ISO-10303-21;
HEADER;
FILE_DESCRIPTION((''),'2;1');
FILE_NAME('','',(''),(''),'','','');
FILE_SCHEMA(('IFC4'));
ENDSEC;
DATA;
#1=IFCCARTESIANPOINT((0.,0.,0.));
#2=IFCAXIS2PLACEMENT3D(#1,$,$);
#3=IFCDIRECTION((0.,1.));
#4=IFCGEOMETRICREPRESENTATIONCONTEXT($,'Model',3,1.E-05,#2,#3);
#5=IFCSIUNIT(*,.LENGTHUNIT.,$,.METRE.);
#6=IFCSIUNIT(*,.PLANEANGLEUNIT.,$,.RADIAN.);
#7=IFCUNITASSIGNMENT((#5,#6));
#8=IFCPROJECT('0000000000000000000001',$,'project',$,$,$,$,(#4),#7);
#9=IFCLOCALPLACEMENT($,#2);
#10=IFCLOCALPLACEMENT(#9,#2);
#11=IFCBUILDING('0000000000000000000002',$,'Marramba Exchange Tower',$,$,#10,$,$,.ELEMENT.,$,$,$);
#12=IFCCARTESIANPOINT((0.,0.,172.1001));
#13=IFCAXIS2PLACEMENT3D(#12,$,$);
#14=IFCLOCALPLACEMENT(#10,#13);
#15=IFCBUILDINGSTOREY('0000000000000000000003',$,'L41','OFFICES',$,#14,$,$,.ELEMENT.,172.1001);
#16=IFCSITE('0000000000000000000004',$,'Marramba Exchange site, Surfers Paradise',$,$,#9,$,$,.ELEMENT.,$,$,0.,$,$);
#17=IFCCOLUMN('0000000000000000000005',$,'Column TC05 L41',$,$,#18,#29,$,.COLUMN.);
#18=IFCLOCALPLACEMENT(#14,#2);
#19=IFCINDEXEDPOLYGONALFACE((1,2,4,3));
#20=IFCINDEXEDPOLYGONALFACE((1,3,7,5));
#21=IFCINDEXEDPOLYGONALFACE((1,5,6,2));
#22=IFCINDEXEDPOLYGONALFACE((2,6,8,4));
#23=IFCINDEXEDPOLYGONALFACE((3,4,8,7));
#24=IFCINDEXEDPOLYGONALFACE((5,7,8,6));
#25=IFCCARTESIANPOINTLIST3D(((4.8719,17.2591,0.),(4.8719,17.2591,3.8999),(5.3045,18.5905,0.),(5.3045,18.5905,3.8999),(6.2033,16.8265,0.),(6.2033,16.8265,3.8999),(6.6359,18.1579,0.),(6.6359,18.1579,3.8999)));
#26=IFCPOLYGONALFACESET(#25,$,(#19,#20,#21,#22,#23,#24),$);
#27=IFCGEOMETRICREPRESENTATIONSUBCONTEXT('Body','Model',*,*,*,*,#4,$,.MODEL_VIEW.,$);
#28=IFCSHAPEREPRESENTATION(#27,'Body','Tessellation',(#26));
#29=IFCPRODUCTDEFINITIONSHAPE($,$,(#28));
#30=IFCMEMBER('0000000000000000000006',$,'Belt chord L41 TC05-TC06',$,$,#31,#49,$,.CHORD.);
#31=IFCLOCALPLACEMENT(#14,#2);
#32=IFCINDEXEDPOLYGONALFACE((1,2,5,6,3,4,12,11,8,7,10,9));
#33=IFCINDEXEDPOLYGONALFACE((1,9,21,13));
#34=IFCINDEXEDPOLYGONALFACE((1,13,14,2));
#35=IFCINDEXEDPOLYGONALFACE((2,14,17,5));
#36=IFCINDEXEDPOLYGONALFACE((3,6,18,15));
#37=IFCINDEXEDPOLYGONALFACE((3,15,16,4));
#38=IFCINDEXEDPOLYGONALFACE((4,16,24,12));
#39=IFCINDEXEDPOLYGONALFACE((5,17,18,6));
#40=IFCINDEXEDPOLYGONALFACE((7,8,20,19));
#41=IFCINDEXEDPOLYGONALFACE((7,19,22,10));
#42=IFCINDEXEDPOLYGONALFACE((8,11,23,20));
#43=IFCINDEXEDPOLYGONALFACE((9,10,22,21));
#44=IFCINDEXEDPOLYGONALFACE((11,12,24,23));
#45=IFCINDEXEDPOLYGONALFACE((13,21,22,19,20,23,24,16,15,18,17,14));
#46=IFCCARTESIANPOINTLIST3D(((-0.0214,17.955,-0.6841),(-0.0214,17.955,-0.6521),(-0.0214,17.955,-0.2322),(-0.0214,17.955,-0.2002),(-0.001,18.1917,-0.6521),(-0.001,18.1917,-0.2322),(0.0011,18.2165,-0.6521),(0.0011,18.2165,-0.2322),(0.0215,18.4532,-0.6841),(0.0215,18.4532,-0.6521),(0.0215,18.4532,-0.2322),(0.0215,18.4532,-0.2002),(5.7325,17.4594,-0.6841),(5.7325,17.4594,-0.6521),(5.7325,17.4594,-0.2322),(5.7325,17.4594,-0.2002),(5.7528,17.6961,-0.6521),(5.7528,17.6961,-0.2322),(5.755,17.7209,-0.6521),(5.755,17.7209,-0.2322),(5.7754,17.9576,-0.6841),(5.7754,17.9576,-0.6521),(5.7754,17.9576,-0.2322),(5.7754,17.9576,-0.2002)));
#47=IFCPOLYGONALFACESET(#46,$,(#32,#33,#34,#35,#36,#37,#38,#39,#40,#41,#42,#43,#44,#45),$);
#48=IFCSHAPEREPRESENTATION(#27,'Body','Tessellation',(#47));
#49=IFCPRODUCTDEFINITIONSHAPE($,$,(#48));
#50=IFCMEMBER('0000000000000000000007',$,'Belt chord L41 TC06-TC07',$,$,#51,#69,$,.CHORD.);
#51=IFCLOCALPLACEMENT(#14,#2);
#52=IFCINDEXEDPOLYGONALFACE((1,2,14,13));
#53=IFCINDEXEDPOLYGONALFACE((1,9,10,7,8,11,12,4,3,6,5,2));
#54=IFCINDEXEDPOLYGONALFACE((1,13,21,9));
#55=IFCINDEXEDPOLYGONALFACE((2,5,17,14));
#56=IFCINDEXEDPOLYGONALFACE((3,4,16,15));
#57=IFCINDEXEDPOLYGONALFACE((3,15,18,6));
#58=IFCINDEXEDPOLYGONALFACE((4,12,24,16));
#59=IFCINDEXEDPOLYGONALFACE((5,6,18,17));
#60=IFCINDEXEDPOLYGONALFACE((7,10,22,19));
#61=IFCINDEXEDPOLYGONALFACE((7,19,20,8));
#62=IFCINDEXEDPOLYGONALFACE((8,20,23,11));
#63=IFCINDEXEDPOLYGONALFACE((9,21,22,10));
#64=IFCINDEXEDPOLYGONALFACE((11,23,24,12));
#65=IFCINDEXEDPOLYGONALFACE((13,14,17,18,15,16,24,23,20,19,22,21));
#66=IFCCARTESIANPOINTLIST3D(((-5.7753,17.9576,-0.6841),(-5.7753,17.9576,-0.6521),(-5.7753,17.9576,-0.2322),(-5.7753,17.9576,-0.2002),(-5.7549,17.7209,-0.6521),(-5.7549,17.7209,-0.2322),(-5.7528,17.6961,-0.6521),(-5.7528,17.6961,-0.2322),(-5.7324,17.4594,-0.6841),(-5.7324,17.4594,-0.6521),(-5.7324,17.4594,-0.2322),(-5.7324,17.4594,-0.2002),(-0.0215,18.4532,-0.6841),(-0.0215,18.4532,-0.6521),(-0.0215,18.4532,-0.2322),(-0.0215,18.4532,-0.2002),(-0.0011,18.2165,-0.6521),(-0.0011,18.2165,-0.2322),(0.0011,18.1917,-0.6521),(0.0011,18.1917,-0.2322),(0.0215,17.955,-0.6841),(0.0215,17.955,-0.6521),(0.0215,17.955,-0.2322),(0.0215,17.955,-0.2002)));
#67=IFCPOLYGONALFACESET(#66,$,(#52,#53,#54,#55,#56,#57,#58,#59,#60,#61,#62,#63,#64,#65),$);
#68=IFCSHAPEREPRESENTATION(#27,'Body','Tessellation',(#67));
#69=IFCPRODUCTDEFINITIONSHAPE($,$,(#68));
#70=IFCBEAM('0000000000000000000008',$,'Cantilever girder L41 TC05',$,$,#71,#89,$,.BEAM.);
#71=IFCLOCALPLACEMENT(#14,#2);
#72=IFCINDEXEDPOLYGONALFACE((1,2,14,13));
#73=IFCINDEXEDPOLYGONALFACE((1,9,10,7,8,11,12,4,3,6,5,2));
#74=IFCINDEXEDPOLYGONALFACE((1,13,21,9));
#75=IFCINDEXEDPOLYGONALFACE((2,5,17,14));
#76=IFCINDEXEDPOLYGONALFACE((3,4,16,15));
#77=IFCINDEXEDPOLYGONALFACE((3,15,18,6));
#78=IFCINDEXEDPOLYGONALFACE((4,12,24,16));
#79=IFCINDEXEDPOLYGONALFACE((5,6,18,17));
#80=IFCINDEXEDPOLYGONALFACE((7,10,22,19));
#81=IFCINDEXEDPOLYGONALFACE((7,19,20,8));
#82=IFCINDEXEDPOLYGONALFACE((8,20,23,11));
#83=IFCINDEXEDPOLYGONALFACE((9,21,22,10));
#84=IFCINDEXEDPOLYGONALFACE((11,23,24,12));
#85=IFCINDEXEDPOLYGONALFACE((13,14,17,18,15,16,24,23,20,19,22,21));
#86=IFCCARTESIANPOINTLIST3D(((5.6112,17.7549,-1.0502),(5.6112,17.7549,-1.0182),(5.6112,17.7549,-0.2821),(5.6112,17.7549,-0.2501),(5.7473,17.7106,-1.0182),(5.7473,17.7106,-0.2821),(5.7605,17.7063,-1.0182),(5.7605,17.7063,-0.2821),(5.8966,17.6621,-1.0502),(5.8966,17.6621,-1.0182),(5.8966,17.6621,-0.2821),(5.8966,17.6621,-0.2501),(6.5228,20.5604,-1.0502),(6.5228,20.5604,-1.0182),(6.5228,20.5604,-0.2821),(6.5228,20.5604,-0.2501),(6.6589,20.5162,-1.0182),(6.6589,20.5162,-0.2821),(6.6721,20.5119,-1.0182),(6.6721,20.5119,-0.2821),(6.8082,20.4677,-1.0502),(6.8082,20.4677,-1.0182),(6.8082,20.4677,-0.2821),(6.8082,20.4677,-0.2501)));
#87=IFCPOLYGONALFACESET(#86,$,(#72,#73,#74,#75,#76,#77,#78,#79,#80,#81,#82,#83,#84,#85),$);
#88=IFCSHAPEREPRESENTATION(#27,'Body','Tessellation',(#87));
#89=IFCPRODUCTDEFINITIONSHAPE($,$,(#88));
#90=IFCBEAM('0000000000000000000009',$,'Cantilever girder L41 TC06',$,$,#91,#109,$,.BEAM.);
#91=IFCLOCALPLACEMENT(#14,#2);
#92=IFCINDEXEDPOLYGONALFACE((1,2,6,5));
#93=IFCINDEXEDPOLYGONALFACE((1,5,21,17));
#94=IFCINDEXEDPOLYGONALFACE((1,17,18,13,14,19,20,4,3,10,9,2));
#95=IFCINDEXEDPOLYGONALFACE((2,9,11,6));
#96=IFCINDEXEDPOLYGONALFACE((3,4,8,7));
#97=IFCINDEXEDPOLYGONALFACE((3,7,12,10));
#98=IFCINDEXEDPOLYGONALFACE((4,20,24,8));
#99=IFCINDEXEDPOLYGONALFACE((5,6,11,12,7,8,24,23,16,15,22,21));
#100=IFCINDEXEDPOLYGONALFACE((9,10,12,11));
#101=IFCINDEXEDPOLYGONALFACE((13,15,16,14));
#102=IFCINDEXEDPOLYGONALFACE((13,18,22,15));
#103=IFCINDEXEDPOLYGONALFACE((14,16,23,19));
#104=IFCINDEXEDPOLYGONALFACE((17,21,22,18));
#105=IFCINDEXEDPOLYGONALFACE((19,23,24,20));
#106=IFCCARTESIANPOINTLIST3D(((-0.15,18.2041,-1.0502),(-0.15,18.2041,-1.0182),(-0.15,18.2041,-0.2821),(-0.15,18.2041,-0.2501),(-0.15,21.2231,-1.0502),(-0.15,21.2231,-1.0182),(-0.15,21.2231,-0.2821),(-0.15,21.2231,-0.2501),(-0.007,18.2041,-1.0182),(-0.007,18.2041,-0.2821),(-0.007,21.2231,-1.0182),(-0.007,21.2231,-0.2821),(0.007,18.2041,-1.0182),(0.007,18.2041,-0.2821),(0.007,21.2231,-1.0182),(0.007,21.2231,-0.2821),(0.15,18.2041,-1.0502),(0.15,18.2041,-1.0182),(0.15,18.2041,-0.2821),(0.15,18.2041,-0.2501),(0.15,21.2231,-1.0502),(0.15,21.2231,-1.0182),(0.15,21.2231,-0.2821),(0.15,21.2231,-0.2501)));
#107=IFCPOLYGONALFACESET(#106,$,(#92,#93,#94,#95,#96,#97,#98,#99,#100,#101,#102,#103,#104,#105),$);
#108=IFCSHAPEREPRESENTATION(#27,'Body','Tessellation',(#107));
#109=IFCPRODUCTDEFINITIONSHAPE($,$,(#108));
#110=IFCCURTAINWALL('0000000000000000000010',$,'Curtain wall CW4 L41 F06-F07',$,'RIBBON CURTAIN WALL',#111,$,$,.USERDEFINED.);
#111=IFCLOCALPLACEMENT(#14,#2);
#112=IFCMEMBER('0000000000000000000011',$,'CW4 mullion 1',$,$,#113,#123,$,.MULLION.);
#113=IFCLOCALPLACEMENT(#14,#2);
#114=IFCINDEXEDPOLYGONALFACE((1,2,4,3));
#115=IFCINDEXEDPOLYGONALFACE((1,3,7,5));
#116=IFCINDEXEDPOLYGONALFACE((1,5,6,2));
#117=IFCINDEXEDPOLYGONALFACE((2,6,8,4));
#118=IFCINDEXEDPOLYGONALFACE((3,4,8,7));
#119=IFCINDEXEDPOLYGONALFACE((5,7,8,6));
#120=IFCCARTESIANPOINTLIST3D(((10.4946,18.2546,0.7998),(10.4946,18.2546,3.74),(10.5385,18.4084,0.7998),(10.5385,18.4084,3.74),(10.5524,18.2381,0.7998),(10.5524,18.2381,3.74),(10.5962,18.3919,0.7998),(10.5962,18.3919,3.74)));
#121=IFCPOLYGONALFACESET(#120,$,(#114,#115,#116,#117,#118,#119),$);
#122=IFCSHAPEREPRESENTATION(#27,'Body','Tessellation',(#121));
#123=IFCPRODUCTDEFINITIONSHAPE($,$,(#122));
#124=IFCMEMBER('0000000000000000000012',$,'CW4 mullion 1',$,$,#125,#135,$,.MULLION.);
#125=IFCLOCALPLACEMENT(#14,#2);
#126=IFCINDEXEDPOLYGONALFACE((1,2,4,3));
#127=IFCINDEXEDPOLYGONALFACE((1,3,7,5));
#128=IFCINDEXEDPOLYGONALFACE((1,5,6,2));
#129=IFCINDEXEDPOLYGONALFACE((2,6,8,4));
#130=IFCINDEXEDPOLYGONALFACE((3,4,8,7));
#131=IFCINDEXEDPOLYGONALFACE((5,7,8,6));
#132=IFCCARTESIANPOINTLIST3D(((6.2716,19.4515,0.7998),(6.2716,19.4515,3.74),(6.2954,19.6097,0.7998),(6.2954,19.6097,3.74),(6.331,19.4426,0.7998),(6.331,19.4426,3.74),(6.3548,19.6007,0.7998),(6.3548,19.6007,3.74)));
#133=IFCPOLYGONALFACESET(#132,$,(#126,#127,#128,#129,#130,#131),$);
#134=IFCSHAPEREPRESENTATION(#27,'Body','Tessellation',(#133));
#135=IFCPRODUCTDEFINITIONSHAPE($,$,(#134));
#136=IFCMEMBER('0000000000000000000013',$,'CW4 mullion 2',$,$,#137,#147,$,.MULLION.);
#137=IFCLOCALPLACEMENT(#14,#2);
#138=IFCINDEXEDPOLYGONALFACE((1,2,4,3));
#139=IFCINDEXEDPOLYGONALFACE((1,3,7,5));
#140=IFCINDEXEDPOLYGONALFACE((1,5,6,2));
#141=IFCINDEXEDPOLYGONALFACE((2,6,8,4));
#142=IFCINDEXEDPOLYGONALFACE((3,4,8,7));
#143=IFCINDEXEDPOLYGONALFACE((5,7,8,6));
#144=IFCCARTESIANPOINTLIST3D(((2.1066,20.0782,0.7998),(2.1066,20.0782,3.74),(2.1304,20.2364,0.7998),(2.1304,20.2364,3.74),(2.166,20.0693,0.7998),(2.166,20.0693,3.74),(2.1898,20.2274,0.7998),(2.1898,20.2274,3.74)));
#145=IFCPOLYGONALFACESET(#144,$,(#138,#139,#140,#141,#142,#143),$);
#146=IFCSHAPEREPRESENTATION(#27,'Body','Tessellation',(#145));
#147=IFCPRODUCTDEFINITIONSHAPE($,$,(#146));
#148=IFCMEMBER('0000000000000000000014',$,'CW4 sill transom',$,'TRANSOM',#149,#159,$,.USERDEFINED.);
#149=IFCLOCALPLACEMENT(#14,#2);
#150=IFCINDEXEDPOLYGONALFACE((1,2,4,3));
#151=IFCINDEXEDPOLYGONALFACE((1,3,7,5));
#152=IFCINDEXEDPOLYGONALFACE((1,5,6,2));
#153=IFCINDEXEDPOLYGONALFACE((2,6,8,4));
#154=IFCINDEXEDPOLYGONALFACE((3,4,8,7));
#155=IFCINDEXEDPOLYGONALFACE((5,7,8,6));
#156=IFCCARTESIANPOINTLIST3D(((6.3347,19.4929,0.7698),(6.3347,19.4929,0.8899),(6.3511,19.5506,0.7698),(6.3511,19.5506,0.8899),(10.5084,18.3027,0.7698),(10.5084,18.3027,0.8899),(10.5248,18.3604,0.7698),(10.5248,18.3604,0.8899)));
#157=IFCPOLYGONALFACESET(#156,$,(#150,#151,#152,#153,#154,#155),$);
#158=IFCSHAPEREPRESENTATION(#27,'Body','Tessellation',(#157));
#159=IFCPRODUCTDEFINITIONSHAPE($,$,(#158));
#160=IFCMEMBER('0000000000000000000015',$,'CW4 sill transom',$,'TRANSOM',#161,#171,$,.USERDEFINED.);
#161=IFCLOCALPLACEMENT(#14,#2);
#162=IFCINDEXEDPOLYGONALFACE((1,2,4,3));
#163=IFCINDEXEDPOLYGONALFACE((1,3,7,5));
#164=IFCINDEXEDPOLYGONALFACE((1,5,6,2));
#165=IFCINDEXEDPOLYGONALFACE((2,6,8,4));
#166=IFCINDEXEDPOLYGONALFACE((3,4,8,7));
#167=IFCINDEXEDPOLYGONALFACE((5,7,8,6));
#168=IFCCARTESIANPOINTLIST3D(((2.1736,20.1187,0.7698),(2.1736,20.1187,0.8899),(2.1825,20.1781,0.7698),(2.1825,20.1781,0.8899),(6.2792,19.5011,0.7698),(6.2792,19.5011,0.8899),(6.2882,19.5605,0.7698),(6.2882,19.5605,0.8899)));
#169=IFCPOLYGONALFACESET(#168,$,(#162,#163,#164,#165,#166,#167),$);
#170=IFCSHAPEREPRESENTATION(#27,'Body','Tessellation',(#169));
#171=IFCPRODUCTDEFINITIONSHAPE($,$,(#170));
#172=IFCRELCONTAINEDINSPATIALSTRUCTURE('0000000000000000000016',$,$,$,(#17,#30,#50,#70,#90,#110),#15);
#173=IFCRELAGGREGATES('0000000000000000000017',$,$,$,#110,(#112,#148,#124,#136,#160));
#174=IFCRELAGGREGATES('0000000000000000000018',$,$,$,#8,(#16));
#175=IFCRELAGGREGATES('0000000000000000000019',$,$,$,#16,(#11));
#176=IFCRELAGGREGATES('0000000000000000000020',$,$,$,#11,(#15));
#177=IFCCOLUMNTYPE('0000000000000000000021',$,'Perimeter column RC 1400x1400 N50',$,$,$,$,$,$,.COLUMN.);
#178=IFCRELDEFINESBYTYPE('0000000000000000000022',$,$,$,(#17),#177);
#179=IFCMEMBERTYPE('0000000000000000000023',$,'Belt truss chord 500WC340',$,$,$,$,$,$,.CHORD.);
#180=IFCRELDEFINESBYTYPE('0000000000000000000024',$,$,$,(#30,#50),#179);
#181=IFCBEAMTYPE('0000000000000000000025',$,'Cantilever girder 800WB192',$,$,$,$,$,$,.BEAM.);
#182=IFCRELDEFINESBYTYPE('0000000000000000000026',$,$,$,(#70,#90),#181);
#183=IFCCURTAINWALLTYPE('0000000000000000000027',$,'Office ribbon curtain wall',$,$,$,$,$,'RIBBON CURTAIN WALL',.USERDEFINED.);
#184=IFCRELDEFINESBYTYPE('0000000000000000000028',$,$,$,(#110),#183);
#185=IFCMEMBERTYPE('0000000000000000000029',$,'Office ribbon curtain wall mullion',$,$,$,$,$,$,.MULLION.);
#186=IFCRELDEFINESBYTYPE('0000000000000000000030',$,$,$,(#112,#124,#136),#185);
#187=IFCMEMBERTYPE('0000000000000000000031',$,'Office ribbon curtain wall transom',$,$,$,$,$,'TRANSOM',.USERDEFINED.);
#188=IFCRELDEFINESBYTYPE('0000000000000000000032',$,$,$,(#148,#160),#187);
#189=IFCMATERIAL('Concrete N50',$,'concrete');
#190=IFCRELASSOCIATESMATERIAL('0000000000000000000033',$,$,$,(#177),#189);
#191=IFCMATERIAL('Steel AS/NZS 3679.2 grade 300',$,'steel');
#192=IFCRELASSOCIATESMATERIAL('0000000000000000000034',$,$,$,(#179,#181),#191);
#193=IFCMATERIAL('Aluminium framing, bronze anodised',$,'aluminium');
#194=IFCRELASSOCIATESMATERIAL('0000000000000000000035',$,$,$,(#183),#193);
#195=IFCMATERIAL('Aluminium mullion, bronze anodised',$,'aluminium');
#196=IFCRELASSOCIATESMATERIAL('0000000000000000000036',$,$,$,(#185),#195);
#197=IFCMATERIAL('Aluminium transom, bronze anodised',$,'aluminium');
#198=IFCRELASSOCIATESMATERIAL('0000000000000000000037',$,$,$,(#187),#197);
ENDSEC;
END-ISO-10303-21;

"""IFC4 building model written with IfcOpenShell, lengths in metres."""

from ifc_helpers import new_model, si_unit, direction, frame, origin, origin_2d, place, context, subcontext, project, spatial, rectangle, i_section, extrude, material, material_profile, profile_set, type_object, element, aggregate, save


model = new_model("IFC4")

# Units and contexts
model_context = context("Model", 3, precision=1e-05, world=origin(), true_north=direction((0.0, 1.0)))
body_context = subcontext(model_context, "Body", "Model", "MODEL_VIEW")
ifc_project = project(units=[si_unit("LENGTHUNIT", "METRE"), si_unit("PLANEANGLEUNIT", "RADIAN")], contexts=[model_context])

# Site, building, storey
site_placement = place(None, origin())
site = spatial("IfcSite", under=ifc_project, at=site_placement, Name="Marramba Exchange site, Surfers Paradise", CompositionType="ELEMENT", RefElevation=0.0)
building_placement = place(site_placement, origin())
building = spatial("IfcBuilding", under=site, at=building_placement, Name="Marramba Exchange Tower", CompositionType="ELEMENT")
storey_placement = place(building_placement, frame((0.0, 0.0, 172.1001)))
storey = spatial("IfcBuildingStorey", under=building, at=storey_placement, Name="L41", Description="OFFICES", CompositionType="ELEMENT", Elevation=172.1001)

# Column
ifc_material_1 = material(Name="Concrete N50", Category="concrete")
ifc_material_profile_1 = material_profile(ifc_material_1, rectangle(XDim=1.3999, YDim=1.3999, at=origin_2d()), Name="RC 1400x1400")
ifc_profile_set_1 = profile_set([ifc_material_profile_1], Name="Concrete N50")
column_type = type_object("IfcColumnType", Name="Perimeter column RC 1400x1400 N50", PredefinedType="COLUMN", material=ifc_profile_set_1)
column_placement = place(storey_placement, frame((5.7539, 17.7085, 0.0), z_axis=(0.0, 0.0, 1.0), x_axis=(0.309017, 0.951057, 0.0)))
element("IfcColumn", 1, at=column_placement, inside=storey, type_object=column_type, Name="Column TC05 L41", PredefinedType="COLUMN", context=body_context, shape_type="SweptSolid", body=[
    extrude(rectangle(XDim=1.3999, YDim=1.3999, at=origin_2d()), origin(), (0.0, 0.0, 1.0), 3.8999),
])

# Members
ifc_material_2 = material(Name="Steel AS/NZS 3679.2 grade 300", Category="steel")
ifc_material_profile_2 = material_profile(ifc_material_2, i_section(OverallWidth=0.5, OverallDepth=0.4839, WebThickness=0.0249, FlangeThickness=0.032, at=origin_2d()), Name="500WC340")
ifc_profile_set_2 = profile_set([ifc_material_profile_2], Name="Steel AS/NZS 3679.2 grade 300")
member_type_1 = type_object("IfcMemberType", Name="Belt truss chord 500WC340", PredefinedType="CHORD", material=ifc_profile_set_2)
for number, where, z_axis, x_axis, name in (
    (2, (5.7539, 17.7085, -0.4421), (-0.996311, 0.085816, 0.0), (-0.085816, -0.996311, 0.0), "Belt chord L41 TC05-TC06"),
    (3, (0.0, 18.2041, -0.4421), (-0.996311, -0.085816, 0.0), (0.085816, -0.996311, 0.0), "Belt chord L41 TC06-TC07"),
):
    element("IfcMember", number, at=place(storey_placement, frame(where, z_axis=z_axis, x_axis=x_axis)), inside=storey, type_object=member_type_1, Name=name, PredefinedType="CHORD", context=body_context, shape_type="SweptSolid", body=[
        extrude(i_section(OverallWidth=0.5, OverallDepth=0.4839, WebThickness=0.0249, FlangeThickness=0.032, at=origin_2d()), origin(), (0.0, 0.0, 1.0), 5.7751),
    ])

# Beams
ifc_material_profile_3 = material_profile(ifc_material_2, i_section(OverallWidth=0.3, OverallDepth=0.8, WebThickness=0.0139, FlangeThickness=0.032, at=origin_2d()), Name="800WB192")
ifc_profile_set_3 = profile_set([ifc_material_profile_3], Name="Steel AS/NZS 3679.2 grade 300")
beam_type_1 = type_object("IfcBeamType", Name="Cantilever girder 800WB192", PredefinedType="BEAM", material=ifc_profile_set_3)
beam_1_placement = place(storey_placement, frame((5.7539, 17.7085, -0.6501), z_axis=(0.309019, 0.951056, 0.0), x_axis=(-0.951056, 0.309019, 0.0)))
element("IfcBeam", 4, at=beam_1_placement, inside=storey, type_object=beam_type_1, Name="Cantilever girder L41 TC05", PredefinedType="BEAM", context=body_context, shape_type="SweptSolid", body=[
    extrude(i_section(OverallWidth=0.3, OverallDepth=0.8, WebThickness=0.0139, FlangeThickness=0.032, at=origin_2d()), origin(), (0.0, 0.0, 1.0), 2.95),
])
beam_2_placement = place(storey_placement, frame((0.0, 18.2041, -0.6501), z_axis=(0.0, 1.0, 0.0), x_axis=(-1.0, 0.0, 0.0)))
element("IfcBeam", 5, at=beam_2_placement, inside=storey, type_object=beam_type_1, Name="Cantilever girder L41 TC06", PredefinedType="BEAM", context=body_context, shape_type="SweptSolid", body=[
    extrude(i_section(OverallWidth=0.3, OverallDepth=0.8, WebThickness=0.0139, FlangeThickness=0.032, at=origin_2d()), origin(), (0.0, 0.0, 1.0), 3.019),
])

# Curtain wall, members
ifc_material_3 = material(Name="Aluminium framing, bronze anodised", Category="aluminium")
curtain_wall_type = type_object("IfcCurtainWallType", Name="Office ribbon curtain wall", ElementType="RIBBON CURTAIN WALL", PredefinedType="USERDEFINED", material=ifc_material_3)
curtain_wall_1_placement = place(storey_placement, origin())
curtain_wall_1 = element("IfcCurtainWall", 6, at=curtain_wall_1_placement, inside=storey, type_object=curtain_wall_type, Name="Curtain wall CW4 L41 F06-F07", ObjectType="RIBBON CURTAIN WALL", PredefinedType="USERDEFINED")
ifc_material_4 = material(Name="Aluminium mullion, bronze anodised", Category="aluminium")
ifc_material_profile_4 = material_profile(ifc_material_4, rectangle(XDim=0.1599, YDim=0.0601, at=origin_2d()), Name="CW4 mullion 60x160")
ifc_profile_set_4 = profile_set([ifc_material_profile_4], Name="Aluminium mullion, bronze anodised")
member_type_2 = type_object("IfcMemberType", Name="Office ribbon curtain wall mullion", PredefinedType="MULLION", material=ifc_profile_set_4)
member_1_placement = place(storey_placement, frame((10.5454, 18.3232, 0.7998), z_axis=(0.0, 0.0, 1.0), x_axis=(-0.274248, -0.961659, 0.0)))
member_1 = element("IfcMember", 7, at=member_1_placement, type_object=member_type_2, Name="CW4 mullion 1", PredefinedType="MULLION", context=body_context, shape_type="SweptSolid", body=[
    extrude(rectangle(XDim=0.1599, YDim=0.0601, at=origin_2d()), origin(), (0.0, 0.0, 1.0), 2.9402),
])
member_2_placement = place(storey_placement, frame((6.3132, 19.5261, 0.7998), z_axis=(0.0, 0.0, 1.0), x_axis=(-0.148795, -0.988868, 0.0)))
member_2 = element("IfcMember", 8, at=member_2_placement, type_object=member_type_2, Name="CW4 mullion 1", PredefinedType="MULLION", context=body_context, shape_type="SweptSolid", body=[
    extrude(rectangle(XDim=0.1599, YDim=0.0601, at=origin_2d()), origin(), (0.0, 0.0, 1.0), 2.9402),
])
member_3_placement = place(storey_placement, frame((2.1482, 20.1528, 0.7998), z_axis=(0.0, 0.0, 1.0), x_axis=(-0.148795, -0.988868, 0.0)))
member_3 = element("IfcMember", 9, at=member_3_placement, type_object=member_type_2, Name="CW4 mullion 2", PredefinedType="MULLION", context=body_context, shape_type="SweptSolid", body=[
    extrude(rectangle(XDim=0.1599, YDim=0.0601, at=origin_2d()), origin(), (0.0, 0.0, 1.0), 2.9402),
])
ifc_material_5 = material(Name="Aluminium transom, bronze anodised", Category="aluminium")
ifc_material_profile_5 = material_profile(ifc_material_5, rectangle(XDim=0.0601, YDim=0.1201, at=origin_2d()), Name="CW4 transom 60x120")
ifc_profile_set_5 = profile_set([ifc_material_profile_5], Name="Aluminium transom, bronze anodised")
member_type_3 = type_object("IfcMemberType", Name="Office ribbon curtain wall transom", ElementType="TRANSOM", PredefinedType="USERDEFINED", material=ifc_profile_set_5)
member_4_placement = place(storey_placement, frame((10.5166, 18.3315, 0.8298), z_axis=(-0.961662, 0.274238, 0.0), x_axis=(-0.274238, -0.961662, 0.0)))
member_4 = element("IfcMember", 10, at=member_4_placement, type_object=member_type_3, Name="CW4 sill transom", ObjectType="TRANSOM", PredefinedType="USERDEFINED", context=body_context, shape_type="SweptSolid", body=[
    extrude(rectangle(XDim=0.0601, YDim=0.1201, at=origin_2d()), origin(), (0.0, 0.0, 1.0), 4.3401),
])
member_5_placement = place(storey_placement, frame((6.2837, 19.5308, 0.8298), z_axis=(-0.988872, 0.148769, 0.0), x_axis=(-0.148769, -0.988872, 0.0)))
member_5 = element("IfcMember", 11, at=member_5_placement, type_object=member_type_3, Name="CW4 sill transom", ObjectType="TRANSOM", PredefinedType="USERDEFINED", context=body_context, shape_type="SweptSolid", body=[
    extrude(rectangle(XDim=0.0601, YDim=0.1201, at=origin_2d()), origin(), (0.0, 0.0, 1.0), 4.1519),
])

aggregate(curtain_wall_1, [member_1, member_4, member_2, member_3, member_5])

save(model, "model.ifc")
